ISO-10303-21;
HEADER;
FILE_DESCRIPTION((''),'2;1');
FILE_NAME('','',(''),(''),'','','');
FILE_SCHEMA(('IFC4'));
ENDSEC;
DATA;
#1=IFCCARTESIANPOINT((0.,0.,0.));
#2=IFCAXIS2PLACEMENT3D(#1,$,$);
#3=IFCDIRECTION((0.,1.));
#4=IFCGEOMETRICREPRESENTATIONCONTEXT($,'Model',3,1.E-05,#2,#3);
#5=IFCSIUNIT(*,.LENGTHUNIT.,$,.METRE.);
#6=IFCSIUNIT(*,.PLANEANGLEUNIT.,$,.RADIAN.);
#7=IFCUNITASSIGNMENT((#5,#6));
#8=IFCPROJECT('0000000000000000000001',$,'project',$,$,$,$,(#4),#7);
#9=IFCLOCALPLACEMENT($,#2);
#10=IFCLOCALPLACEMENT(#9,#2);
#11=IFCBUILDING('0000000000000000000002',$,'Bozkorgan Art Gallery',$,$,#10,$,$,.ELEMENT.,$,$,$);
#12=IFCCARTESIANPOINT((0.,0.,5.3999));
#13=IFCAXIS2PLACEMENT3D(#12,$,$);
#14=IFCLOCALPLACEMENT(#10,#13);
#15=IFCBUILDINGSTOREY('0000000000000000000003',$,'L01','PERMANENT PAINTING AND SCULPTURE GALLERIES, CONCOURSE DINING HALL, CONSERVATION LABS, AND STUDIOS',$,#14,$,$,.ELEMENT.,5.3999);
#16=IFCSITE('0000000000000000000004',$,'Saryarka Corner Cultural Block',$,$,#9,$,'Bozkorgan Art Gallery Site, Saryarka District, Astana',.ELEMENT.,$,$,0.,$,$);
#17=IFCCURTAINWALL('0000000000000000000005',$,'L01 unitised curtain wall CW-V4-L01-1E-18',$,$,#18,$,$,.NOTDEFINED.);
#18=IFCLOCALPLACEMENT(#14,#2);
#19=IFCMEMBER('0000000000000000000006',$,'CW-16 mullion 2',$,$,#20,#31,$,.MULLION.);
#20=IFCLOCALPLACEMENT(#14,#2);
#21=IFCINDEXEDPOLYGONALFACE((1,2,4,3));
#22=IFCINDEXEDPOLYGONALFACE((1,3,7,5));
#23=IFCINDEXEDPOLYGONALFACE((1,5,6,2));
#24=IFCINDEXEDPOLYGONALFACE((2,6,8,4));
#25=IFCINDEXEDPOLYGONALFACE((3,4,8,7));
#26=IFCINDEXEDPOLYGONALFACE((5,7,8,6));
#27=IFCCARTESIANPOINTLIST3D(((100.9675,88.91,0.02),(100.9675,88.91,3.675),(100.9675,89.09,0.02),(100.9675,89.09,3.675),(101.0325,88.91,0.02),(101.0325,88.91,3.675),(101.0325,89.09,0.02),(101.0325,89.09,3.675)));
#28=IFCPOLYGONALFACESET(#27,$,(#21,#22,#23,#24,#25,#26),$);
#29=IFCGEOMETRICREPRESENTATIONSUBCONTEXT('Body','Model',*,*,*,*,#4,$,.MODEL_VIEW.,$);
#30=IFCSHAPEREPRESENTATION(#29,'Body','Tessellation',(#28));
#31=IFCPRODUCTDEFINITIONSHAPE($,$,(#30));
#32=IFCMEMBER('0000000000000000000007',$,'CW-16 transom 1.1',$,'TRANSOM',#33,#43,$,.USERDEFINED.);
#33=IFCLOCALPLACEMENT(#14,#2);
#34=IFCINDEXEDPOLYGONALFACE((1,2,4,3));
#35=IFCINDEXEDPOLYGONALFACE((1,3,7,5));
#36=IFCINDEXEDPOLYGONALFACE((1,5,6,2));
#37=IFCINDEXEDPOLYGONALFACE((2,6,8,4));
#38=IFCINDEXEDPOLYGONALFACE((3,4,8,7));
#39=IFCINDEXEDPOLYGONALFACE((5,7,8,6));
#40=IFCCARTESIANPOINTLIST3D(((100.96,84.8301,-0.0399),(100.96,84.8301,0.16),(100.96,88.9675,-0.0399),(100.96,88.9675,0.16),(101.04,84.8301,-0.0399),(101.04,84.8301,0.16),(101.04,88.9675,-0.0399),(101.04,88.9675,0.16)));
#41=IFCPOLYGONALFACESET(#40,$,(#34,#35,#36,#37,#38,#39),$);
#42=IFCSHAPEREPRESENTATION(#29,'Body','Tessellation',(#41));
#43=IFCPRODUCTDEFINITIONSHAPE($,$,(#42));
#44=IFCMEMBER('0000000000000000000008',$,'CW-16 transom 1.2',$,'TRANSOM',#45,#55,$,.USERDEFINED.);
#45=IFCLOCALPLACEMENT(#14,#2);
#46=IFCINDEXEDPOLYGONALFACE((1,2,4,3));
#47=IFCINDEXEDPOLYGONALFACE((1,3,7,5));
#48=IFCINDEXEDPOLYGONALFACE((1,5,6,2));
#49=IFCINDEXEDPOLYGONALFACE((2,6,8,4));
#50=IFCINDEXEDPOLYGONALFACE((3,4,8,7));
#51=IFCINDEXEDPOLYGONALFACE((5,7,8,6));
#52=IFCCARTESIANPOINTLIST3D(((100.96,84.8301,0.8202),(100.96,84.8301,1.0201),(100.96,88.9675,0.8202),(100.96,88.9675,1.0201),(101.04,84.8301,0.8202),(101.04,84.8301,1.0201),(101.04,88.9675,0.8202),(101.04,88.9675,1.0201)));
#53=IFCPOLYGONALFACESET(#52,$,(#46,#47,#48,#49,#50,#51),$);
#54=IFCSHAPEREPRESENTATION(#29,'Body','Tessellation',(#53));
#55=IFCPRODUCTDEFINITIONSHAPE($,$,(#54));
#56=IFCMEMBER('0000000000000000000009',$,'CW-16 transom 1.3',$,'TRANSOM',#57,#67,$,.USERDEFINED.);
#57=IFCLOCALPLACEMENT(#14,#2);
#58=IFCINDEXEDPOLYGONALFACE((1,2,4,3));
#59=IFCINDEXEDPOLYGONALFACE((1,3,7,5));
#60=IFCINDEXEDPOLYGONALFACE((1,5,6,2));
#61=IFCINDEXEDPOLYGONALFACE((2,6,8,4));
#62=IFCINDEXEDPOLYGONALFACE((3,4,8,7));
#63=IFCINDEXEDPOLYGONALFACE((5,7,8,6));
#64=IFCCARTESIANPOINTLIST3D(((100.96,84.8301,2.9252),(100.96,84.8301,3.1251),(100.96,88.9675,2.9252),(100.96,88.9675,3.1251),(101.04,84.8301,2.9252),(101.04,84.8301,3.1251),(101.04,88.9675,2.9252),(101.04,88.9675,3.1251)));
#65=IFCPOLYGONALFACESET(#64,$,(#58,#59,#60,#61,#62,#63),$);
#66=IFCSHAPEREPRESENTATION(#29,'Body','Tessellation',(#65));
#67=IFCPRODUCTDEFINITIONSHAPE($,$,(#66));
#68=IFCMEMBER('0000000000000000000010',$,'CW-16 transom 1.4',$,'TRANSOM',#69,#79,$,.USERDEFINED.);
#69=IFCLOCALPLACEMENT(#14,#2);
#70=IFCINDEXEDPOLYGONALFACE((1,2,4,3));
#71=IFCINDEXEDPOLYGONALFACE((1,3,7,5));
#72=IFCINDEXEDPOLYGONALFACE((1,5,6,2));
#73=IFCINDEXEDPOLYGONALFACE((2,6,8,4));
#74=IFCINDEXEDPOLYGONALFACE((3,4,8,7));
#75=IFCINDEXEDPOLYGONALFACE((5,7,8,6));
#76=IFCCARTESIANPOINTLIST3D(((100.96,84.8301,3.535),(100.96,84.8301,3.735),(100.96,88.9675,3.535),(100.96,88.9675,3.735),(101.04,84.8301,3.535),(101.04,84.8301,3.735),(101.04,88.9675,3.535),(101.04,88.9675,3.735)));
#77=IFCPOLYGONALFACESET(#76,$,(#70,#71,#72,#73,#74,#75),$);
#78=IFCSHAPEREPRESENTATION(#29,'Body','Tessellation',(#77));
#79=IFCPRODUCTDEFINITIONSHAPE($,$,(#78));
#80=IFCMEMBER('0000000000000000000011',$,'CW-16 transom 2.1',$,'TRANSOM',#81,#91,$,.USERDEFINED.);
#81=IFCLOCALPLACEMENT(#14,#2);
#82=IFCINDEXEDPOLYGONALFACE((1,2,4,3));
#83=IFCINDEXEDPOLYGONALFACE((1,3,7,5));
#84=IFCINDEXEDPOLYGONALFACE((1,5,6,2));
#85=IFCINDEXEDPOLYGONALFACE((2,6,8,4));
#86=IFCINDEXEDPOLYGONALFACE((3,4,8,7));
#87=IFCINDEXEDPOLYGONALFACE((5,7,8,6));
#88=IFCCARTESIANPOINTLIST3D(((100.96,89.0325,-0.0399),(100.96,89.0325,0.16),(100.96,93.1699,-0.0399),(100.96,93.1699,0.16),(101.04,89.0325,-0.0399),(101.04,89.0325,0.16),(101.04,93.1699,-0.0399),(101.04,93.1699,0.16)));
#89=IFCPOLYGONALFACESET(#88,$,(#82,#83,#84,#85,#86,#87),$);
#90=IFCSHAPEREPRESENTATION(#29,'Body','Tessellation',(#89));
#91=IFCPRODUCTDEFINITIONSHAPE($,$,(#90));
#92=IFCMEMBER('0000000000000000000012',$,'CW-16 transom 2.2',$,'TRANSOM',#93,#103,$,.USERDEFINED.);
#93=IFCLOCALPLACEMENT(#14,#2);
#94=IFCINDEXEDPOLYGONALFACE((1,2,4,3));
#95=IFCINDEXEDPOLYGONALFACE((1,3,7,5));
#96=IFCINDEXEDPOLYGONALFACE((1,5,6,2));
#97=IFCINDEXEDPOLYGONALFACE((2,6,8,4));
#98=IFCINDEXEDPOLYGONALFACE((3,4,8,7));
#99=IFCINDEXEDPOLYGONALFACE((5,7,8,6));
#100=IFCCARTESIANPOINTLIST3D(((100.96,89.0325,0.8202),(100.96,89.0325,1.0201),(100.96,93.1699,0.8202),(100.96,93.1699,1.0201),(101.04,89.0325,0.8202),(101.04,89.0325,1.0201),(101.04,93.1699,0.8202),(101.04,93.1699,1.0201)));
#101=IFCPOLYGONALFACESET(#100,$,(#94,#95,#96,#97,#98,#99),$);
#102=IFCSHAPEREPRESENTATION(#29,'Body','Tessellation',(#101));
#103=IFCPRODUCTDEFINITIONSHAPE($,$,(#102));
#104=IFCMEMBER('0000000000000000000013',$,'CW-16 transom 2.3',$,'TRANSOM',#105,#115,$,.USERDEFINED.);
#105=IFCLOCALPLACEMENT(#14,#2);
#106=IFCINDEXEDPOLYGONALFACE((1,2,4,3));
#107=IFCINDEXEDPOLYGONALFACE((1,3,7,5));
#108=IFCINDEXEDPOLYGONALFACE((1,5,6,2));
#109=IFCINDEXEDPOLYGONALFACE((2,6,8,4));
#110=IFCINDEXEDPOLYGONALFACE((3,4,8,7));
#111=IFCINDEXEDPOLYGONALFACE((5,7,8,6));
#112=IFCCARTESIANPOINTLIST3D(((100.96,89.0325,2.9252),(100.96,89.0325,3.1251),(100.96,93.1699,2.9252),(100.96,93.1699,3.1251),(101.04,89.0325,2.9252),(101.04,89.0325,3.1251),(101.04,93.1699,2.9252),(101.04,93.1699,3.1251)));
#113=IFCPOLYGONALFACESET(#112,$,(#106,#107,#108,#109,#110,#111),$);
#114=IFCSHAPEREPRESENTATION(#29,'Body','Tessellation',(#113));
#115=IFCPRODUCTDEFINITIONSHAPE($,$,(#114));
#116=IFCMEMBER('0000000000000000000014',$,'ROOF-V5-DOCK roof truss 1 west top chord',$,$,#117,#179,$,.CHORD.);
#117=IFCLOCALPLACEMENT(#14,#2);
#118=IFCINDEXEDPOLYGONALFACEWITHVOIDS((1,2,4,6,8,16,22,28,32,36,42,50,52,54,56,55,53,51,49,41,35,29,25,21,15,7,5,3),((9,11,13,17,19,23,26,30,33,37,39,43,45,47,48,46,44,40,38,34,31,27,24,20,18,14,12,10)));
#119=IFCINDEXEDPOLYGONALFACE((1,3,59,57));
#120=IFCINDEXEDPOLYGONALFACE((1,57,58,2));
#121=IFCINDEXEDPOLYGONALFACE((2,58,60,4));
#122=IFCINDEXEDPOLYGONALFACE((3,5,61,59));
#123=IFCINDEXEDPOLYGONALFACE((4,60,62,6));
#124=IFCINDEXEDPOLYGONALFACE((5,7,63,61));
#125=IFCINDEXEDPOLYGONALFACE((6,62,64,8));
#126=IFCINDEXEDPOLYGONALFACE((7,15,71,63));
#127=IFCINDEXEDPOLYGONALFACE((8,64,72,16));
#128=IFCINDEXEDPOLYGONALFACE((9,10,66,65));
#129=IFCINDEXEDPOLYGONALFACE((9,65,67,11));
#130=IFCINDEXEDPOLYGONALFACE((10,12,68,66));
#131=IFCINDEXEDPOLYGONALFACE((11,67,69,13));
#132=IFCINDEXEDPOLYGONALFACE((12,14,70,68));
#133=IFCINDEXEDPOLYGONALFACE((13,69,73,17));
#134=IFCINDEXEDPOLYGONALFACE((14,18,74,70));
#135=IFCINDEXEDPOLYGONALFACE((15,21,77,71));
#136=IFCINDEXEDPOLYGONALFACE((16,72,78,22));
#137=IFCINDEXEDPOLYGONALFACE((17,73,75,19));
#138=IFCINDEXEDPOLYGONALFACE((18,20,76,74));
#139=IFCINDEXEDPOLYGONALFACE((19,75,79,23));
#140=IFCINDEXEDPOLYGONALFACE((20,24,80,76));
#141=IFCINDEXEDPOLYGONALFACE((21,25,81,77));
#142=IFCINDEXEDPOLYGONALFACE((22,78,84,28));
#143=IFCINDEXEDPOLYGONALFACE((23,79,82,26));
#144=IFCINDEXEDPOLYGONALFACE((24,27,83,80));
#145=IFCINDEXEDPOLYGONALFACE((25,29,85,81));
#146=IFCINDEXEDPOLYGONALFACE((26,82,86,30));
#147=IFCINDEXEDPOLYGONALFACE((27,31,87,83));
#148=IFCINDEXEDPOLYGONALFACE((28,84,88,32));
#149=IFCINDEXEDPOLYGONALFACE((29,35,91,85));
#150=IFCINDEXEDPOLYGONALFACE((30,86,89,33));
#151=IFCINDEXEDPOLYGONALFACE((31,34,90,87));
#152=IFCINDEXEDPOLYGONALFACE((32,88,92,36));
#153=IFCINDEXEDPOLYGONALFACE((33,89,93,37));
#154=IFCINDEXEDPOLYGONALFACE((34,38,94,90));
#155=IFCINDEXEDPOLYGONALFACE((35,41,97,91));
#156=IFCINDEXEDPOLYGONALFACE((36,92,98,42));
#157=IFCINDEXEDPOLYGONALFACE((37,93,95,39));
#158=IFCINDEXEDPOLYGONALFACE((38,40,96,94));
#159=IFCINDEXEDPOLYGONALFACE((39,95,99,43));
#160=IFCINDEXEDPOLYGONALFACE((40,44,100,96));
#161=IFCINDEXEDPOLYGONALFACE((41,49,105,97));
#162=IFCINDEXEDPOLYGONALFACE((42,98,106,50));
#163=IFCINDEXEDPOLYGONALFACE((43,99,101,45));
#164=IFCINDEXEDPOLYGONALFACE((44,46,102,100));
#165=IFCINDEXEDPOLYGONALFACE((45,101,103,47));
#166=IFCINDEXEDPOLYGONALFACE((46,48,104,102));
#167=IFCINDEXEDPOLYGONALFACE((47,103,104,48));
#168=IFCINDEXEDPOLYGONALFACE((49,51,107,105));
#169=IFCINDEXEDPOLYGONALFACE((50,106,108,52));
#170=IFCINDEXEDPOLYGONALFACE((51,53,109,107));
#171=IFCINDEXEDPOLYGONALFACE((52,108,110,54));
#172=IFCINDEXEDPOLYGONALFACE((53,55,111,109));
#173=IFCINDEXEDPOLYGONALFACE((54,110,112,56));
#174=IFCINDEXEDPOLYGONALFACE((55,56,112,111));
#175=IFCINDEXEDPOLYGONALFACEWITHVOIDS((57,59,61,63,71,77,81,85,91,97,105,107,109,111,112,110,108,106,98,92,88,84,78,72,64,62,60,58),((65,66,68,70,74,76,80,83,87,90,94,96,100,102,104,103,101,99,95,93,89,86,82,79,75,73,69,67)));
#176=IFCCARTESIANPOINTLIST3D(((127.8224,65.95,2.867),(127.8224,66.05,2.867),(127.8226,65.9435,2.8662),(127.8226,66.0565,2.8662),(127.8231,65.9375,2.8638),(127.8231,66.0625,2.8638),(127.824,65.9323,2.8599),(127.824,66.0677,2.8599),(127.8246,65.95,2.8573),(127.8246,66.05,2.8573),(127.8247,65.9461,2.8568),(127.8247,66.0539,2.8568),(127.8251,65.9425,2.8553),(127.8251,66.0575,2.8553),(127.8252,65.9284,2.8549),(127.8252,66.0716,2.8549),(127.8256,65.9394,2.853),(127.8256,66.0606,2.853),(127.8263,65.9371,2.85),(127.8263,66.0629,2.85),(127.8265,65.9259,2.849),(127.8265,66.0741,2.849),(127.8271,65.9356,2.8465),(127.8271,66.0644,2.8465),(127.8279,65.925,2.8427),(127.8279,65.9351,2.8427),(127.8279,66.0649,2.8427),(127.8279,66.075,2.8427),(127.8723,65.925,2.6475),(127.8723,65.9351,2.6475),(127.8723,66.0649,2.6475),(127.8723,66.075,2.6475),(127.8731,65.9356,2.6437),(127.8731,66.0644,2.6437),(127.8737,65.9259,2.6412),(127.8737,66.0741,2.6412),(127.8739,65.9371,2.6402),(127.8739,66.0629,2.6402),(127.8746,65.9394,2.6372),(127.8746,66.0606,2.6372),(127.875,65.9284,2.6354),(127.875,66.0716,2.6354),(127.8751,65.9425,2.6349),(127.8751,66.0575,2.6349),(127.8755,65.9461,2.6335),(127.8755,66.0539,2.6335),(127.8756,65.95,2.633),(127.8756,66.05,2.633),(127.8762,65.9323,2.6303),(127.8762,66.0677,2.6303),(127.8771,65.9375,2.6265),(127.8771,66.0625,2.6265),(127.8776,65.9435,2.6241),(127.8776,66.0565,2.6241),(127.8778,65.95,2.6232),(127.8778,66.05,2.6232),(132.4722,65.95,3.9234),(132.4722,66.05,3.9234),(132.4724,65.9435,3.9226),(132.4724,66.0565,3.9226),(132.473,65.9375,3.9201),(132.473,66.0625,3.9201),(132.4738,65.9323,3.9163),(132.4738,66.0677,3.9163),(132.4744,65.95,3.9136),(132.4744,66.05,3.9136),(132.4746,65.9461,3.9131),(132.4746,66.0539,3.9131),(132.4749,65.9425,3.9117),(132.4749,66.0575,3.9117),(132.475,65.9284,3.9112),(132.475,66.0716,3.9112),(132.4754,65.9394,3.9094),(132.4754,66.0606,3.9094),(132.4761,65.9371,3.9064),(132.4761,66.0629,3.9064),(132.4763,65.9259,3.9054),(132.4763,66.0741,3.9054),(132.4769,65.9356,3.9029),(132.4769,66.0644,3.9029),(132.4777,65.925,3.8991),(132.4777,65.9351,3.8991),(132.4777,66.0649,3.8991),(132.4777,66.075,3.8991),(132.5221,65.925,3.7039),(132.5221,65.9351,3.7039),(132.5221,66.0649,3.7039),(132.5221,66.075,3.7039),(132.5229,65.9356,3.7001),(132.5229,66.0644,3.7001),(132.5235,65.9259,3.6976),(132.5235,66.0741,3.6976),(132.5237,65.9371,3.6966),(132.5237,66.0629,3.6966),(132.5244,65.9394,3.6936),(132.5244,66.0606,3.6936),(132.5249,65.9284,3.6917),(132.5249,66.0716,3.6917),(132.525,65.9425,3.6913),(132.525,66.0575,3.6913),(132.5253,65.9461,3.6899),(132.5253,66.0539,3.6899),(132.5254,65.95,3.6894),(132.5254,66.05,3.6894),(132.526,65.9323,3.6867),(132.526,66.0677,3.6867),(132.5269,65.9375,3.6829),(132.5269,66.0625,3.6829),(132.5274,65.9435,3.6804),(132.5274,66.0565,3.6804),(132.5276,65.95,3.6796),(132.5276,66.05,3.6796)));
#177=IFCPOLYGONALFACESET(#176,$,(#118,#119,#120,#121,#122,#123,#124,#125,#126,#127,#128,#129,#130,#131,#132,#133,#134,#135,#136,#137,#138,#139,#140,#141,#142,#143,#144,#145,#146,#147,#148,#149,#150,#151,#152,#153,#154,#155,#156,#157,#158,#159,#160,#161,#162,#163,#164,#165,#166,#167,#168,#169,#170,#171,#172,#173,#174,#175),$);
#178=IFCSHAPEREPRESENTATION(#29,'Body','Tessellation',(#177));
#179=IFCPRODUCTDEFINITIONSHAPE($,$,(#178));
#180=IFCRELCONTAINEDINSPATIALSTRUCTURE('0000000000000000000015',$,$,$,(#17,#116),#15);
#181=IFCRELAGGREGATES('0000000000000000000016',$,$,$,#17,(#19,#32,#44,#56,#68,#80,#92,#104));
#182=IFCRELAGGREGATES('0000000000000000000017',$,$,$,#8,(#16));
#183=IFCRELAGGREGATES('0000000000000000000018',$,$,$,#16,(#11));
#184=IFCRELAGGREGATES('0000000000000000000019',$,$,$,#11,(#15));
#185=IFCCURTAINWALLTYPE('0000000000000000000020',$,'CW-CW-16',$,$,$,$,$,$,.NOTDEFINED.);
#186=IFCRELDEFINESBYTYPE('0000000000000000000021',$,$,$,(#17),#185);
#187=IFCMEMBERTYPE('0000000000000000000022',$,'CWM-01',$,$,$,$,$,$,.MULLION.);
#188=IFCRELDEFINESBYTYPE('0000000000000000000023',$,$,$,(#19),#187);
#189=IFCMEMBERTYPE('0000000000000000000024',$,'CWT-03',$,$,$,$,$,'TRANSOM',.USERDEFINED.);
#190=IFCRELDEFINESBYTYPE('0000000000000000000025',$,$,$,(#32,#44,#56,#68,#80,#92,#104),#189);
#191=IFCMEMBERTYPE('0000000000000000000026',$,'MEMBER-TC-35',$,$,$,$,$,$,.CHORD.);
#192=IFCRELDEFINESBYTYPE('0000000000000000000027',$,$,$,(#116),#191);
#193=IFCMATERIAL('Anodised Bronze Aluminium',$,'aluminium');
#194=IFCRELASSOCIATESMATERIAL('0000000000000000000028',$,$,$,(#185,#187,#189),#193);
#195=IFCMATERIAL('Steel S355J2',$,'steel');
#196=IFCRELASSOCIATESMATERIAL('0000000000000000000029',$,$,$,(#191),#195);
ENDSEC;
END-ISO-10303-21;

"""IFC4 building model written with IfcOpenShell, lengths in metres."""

from ifc_helpers import new_model, si_unit, direction, frame, origin, origin_2d, place, context, subcontext, project, spatial, rectangle, hollow_rectangle, extrude, material, material_profile, profile_set, type_object, element, aggregate, save


model = new_model("IFC4")

# Units and contexts
model_context = context("Model", 3, precision=1e-05, world=origin(), true_north=direction((0.0, 1.0)))
body_context = subcontext(model_context, "Body", "Model", "MODEL_VIEW")
ifc_project = project(units=[si_unit("LENGTHUNIT", "METRE"), si_unit("PLANEANGLEUNIT", "RADIAN")], contexts=[model_context])

# Site, building, storey
site_placement = place(None, origin())
site = spatial("IfcSite", under=ifc_project, at=site_placement, Name="Saryarka Corner Cultural Block", LongName="Bozkorgan Art Gallery Site, Saryarka District, Astana", CompositionType="ELEMENT", RefElevation=0.0)
building_placement = place(site_placement, origin())
building = spatial("IfcBuilding", under=site, at=building_placement, Name="Bozkorgan Art Gallery", CompositionType="ELEMENT")
storey_placement = place(building_placement, frame((0.0, 0.0, 5.3999)))
storey = spatial("IfcBuildingStorey", under=building, at=storey_placement, Name="L01", Description="PERMANENT PAINTING AND SCULPTURE GALLERIES, CONCOURSE DINING HALL, CONSERVATION LABS, AND STUDIOS", CompositionType="ELEMENT", Elevation=5.3999)

# Shared definitions
ifc_material_1 = material(Name="Steel S355J2", Category="steel")

# Shared definitions
ifc_material_2 = material(Name="Anodised Bronze Aluminium", Category="aluminium")
curtain_wall_type = type_object("IfcCurtainWallType", Name="CW-CW-16", PredefinedType="NOTDEFINED", material=ifc_material_2)
ifc_material_profile_1 = material_profile(ifc_material_2, rectangle(XDim=0.0649, YDim=0.1799, at=origin_2d()), Name="ALU MULLION 65x180")
ifc_profile_set_1 = profile_set([ifc_material_profile_1], Name="Anodised Bronze Aluminium")
member_type_1 = type_object("IfcMemberType", Name="CWM-01", PredefinedType="MULLION", material=ifc_profile_set_1)

# Curtain wall, members
curtain_wall_1_placement = place(storey_placement, origin())
curtain_wall_1 = element("IfcCurtainWall", 1, at=curtain_wall_1_placement, inside=storey, type_object=curtain_wall_type, Name="L01 unitised curtain wall CW-V4-L01-1E-18", PredefinedType="NOTDEFINED")
member_1_placement = place(storey_placement, frame((101.0, 89.0, 0.02), z_axis=(0.0, 0.0, 1.0), x_axis=(-1.0, 0.0, 0.0)))
member_1 = element("IfcMember", 2, at=member_1_placement, type_object=member_type_1, Name="CW-16 mullion 2", PredefinedType="MULLION", context=body_context, shape_type="SweptSolid", body=[
    extrude(rectangle(XDim=0.0649, YDim=0.1799, at=origin_2d()), origin(), (0.0, 0.0, 1.0), 3.655),
])
ifc_material_profile_2 = material_profile(ifc_material_2, rectangle(XDim=0.0801, YDim=0.2, at=origin_2d()), Name="ALU TRANSOM 80x200")
ifc_profile_set_2 = profile_set([ifc_material_profile_2], Name="Anodised Bronze Aluminium")
member_type_2 = type_object("IfcMemberType", Name="CWT-03", ElementType="TRANSOM", PredefinedType="USERDEFINED", material=ifc_profile_set_2)
member_2_placement = place(storey_placement, frame((101.0, 84.8301, 0.0601), z_axis=(0.0, 1.0, 0.0), x_axis=(-1.0, 0.0, 0.0)))
member_2 = element("IfcMember", 3, at=member_2_placement, type_object=member_type_2, Name="CW-16 transom 1.1", ObjectType="TRANSOM", PredefinedType="USERDEFINED", context=body_context, shape_type="SweptSolid", body=[
    extrude(rectangle(XDim=0.0801, YDim=0.2, at=origin_2d()), origin(), (0.0, 0.0, 1.0), 4.1375),
])
member_3_placement = place(storey_placement, frame((101.0, 84.8301, 0.9202), z_axis=(0.0, 1.0, 0.0), x_axis=(-1.0, 0.0, 0.0)))
member_3 = element("IfcMember", 4, at=member_3_placement, type_object=member_type_2, Name="CW-16 transom 1.2", ObjectType="TRANSOM", PredefinedType="USERDEFINED", context=body_context, shape_type="SweptSolid", body=[
    extrude(rectangle(XDim=0.0801, YDim=0.2, at=origin_2d()), origin(), (0.0, 0.0, 1.0), 4.1375),
])
member_4_placement = place(storey_placement, frame((101.0, 84.8301, 3.0251), z_axis=(0.0, 1.0, 0.0), x_axis=(-1.0, 0.0, 0.0)))
member_4 = element("IfcMember", 5, at=member_4_placement, type_object=member_type_2, Name="CW-16 transom 1.3", ObjectType="TRANSOM", PredefinedType="USERDEFINED", context=body_context, shape_type="SweptSolid", body=[
    extrude(rectangle(XDim=0.0801, YDim=0.2, at=origin_2d()), origin(), (0.0, 0.0, 1.0), 4.1375),
])
member_5_placement = place(storey_placement, frame((101.0, 84.8301, 3.635), z_axis=(0.0, 1.0, 0.0), x_axis=(-1.0, 0.0, 0.0)))
member_5 = element("IfcMember", 6, at=member_5_placement, type_object=member_type_2, Name="CW-16 transom 1.4", ObjectType="TRANSOM", PredefinedType="USERDEFINED", context=body_context, shape_type="SweptSolid", body=[
    extrude(rectangle(XDim=0.0801, YDim=0.2, at=origin_2d()), origin(), (0.0, 0.0, 1.0), 4.1375),
])
member_6_placement = place(storey_placement, frame((101.0, 89.0325, 0.0601), z_axis=(0.0, 1.0, 0.0), x_axis=(-1.0, 0.0, 0.0)))
member_6 = element("IfcMember", 7, at=member_6_placement, type_object=member_type_2, Name="CW-16 transom 2.1", ObjectType="TRANSOM", PredefinedType="USERDEFINED", context=body_context, shape_type="SweptSolid", body=[
    extrude(rectangle(XDim=0.0801, YDim=0.2, at=origin_2d()), origin(), (0.0, 0.0, 1.0), 4.1375),
])
member_7_placement = place(storey_placement, frame((101.0, 89.0325, 0.9202), z_axis=(0.0, 1.0, 0.0), x_axis=(-1.0, 0.0, 0.0)))
member_7 = element("IfcMember", 8, at=member_7_placement, type_object=member_type_2, Name="CW-16 transom 2.2", ObjectType="TRANSOM", PredefinedType="USERDEFINED", context=body_context, shape_type="SweptSolid", body=[
    extrude(rectangle(XDim=0.0801, YDim=0.2, at=origin_2d()), origin(), (0.0, 0.0, 1.0), 4.1375),
])
member_8_placement = place(storey_placement, frame((101.0, 89.0325, 3.0251), z_axis=(0.0, 1.0, 0.0), x_axis=(-1.0, 0.0, 0.0)))
member_8 = element("IfcMember", 9, at=member_8_placement, type_object=member_type_2, Name="CW-16 transom 2.3", ObjectType="TRANSOM", PredefinedType="USERDEFINED", context=body_context, shape_type="SweptSolid", body=[
    extrude(rectangle(XDim=0.0801, YDim=0.2, at=origin_2d()), origin(), (0.0, 0.0, 1.0), 4.1375),
])

# Member
ifc_material_profile_3 = material_profile(ifc_material_1, hollow_rectangle(XDim=0.1499, YDim=0.25, WallThickness=0.01, InnerFilletRadius=0.0149, OuterFilletRadius=0.0249, at=origin_2d()), Name="RHS 250x150x10")
ifc_profile_set_3 = profile_set([ifc_material_profile_3], Name="Steel S355J2")
member_type_3 = type_object("IfcMemberType", Name="MEMBER-TC-35", PredefinedType="CHORD", material=ifc_profile_set_3)
for number, where, z_axis, x_axis, name in (
    (10, (127.8501, 66.0, 2.7451), (0.975151, 0.0, 0.221541), (0.0, 1.0, 0.0), "ROOF-V5-DOCK roof truss 1 west top chord"),
):
    element("IfcMember", number, at=place(storey_placement, frame(where, z_axis=z_axis, x_axis=x_axis)), inside=storey, type_object=member_type_3, Name=name, PredefinedType="CHORD", context=body_context, shape_type="SweptSolid", body=[
        extrude(hollow_rectangle(XDim=0.1499, YDim=0.25, WallThickness=0.01, InnerFilletRadius=0.0149, OuterFilletRadius=0.0249, at=origin_2d()), origin(), (0.0, 0.0, 1.0), 4.7683),
    ])

aggregate(curtain_wall_1, [member_1, member_2, member_3, member_4, member_5, member_6, member_7, member_8])

save(model, "model.ifc")
